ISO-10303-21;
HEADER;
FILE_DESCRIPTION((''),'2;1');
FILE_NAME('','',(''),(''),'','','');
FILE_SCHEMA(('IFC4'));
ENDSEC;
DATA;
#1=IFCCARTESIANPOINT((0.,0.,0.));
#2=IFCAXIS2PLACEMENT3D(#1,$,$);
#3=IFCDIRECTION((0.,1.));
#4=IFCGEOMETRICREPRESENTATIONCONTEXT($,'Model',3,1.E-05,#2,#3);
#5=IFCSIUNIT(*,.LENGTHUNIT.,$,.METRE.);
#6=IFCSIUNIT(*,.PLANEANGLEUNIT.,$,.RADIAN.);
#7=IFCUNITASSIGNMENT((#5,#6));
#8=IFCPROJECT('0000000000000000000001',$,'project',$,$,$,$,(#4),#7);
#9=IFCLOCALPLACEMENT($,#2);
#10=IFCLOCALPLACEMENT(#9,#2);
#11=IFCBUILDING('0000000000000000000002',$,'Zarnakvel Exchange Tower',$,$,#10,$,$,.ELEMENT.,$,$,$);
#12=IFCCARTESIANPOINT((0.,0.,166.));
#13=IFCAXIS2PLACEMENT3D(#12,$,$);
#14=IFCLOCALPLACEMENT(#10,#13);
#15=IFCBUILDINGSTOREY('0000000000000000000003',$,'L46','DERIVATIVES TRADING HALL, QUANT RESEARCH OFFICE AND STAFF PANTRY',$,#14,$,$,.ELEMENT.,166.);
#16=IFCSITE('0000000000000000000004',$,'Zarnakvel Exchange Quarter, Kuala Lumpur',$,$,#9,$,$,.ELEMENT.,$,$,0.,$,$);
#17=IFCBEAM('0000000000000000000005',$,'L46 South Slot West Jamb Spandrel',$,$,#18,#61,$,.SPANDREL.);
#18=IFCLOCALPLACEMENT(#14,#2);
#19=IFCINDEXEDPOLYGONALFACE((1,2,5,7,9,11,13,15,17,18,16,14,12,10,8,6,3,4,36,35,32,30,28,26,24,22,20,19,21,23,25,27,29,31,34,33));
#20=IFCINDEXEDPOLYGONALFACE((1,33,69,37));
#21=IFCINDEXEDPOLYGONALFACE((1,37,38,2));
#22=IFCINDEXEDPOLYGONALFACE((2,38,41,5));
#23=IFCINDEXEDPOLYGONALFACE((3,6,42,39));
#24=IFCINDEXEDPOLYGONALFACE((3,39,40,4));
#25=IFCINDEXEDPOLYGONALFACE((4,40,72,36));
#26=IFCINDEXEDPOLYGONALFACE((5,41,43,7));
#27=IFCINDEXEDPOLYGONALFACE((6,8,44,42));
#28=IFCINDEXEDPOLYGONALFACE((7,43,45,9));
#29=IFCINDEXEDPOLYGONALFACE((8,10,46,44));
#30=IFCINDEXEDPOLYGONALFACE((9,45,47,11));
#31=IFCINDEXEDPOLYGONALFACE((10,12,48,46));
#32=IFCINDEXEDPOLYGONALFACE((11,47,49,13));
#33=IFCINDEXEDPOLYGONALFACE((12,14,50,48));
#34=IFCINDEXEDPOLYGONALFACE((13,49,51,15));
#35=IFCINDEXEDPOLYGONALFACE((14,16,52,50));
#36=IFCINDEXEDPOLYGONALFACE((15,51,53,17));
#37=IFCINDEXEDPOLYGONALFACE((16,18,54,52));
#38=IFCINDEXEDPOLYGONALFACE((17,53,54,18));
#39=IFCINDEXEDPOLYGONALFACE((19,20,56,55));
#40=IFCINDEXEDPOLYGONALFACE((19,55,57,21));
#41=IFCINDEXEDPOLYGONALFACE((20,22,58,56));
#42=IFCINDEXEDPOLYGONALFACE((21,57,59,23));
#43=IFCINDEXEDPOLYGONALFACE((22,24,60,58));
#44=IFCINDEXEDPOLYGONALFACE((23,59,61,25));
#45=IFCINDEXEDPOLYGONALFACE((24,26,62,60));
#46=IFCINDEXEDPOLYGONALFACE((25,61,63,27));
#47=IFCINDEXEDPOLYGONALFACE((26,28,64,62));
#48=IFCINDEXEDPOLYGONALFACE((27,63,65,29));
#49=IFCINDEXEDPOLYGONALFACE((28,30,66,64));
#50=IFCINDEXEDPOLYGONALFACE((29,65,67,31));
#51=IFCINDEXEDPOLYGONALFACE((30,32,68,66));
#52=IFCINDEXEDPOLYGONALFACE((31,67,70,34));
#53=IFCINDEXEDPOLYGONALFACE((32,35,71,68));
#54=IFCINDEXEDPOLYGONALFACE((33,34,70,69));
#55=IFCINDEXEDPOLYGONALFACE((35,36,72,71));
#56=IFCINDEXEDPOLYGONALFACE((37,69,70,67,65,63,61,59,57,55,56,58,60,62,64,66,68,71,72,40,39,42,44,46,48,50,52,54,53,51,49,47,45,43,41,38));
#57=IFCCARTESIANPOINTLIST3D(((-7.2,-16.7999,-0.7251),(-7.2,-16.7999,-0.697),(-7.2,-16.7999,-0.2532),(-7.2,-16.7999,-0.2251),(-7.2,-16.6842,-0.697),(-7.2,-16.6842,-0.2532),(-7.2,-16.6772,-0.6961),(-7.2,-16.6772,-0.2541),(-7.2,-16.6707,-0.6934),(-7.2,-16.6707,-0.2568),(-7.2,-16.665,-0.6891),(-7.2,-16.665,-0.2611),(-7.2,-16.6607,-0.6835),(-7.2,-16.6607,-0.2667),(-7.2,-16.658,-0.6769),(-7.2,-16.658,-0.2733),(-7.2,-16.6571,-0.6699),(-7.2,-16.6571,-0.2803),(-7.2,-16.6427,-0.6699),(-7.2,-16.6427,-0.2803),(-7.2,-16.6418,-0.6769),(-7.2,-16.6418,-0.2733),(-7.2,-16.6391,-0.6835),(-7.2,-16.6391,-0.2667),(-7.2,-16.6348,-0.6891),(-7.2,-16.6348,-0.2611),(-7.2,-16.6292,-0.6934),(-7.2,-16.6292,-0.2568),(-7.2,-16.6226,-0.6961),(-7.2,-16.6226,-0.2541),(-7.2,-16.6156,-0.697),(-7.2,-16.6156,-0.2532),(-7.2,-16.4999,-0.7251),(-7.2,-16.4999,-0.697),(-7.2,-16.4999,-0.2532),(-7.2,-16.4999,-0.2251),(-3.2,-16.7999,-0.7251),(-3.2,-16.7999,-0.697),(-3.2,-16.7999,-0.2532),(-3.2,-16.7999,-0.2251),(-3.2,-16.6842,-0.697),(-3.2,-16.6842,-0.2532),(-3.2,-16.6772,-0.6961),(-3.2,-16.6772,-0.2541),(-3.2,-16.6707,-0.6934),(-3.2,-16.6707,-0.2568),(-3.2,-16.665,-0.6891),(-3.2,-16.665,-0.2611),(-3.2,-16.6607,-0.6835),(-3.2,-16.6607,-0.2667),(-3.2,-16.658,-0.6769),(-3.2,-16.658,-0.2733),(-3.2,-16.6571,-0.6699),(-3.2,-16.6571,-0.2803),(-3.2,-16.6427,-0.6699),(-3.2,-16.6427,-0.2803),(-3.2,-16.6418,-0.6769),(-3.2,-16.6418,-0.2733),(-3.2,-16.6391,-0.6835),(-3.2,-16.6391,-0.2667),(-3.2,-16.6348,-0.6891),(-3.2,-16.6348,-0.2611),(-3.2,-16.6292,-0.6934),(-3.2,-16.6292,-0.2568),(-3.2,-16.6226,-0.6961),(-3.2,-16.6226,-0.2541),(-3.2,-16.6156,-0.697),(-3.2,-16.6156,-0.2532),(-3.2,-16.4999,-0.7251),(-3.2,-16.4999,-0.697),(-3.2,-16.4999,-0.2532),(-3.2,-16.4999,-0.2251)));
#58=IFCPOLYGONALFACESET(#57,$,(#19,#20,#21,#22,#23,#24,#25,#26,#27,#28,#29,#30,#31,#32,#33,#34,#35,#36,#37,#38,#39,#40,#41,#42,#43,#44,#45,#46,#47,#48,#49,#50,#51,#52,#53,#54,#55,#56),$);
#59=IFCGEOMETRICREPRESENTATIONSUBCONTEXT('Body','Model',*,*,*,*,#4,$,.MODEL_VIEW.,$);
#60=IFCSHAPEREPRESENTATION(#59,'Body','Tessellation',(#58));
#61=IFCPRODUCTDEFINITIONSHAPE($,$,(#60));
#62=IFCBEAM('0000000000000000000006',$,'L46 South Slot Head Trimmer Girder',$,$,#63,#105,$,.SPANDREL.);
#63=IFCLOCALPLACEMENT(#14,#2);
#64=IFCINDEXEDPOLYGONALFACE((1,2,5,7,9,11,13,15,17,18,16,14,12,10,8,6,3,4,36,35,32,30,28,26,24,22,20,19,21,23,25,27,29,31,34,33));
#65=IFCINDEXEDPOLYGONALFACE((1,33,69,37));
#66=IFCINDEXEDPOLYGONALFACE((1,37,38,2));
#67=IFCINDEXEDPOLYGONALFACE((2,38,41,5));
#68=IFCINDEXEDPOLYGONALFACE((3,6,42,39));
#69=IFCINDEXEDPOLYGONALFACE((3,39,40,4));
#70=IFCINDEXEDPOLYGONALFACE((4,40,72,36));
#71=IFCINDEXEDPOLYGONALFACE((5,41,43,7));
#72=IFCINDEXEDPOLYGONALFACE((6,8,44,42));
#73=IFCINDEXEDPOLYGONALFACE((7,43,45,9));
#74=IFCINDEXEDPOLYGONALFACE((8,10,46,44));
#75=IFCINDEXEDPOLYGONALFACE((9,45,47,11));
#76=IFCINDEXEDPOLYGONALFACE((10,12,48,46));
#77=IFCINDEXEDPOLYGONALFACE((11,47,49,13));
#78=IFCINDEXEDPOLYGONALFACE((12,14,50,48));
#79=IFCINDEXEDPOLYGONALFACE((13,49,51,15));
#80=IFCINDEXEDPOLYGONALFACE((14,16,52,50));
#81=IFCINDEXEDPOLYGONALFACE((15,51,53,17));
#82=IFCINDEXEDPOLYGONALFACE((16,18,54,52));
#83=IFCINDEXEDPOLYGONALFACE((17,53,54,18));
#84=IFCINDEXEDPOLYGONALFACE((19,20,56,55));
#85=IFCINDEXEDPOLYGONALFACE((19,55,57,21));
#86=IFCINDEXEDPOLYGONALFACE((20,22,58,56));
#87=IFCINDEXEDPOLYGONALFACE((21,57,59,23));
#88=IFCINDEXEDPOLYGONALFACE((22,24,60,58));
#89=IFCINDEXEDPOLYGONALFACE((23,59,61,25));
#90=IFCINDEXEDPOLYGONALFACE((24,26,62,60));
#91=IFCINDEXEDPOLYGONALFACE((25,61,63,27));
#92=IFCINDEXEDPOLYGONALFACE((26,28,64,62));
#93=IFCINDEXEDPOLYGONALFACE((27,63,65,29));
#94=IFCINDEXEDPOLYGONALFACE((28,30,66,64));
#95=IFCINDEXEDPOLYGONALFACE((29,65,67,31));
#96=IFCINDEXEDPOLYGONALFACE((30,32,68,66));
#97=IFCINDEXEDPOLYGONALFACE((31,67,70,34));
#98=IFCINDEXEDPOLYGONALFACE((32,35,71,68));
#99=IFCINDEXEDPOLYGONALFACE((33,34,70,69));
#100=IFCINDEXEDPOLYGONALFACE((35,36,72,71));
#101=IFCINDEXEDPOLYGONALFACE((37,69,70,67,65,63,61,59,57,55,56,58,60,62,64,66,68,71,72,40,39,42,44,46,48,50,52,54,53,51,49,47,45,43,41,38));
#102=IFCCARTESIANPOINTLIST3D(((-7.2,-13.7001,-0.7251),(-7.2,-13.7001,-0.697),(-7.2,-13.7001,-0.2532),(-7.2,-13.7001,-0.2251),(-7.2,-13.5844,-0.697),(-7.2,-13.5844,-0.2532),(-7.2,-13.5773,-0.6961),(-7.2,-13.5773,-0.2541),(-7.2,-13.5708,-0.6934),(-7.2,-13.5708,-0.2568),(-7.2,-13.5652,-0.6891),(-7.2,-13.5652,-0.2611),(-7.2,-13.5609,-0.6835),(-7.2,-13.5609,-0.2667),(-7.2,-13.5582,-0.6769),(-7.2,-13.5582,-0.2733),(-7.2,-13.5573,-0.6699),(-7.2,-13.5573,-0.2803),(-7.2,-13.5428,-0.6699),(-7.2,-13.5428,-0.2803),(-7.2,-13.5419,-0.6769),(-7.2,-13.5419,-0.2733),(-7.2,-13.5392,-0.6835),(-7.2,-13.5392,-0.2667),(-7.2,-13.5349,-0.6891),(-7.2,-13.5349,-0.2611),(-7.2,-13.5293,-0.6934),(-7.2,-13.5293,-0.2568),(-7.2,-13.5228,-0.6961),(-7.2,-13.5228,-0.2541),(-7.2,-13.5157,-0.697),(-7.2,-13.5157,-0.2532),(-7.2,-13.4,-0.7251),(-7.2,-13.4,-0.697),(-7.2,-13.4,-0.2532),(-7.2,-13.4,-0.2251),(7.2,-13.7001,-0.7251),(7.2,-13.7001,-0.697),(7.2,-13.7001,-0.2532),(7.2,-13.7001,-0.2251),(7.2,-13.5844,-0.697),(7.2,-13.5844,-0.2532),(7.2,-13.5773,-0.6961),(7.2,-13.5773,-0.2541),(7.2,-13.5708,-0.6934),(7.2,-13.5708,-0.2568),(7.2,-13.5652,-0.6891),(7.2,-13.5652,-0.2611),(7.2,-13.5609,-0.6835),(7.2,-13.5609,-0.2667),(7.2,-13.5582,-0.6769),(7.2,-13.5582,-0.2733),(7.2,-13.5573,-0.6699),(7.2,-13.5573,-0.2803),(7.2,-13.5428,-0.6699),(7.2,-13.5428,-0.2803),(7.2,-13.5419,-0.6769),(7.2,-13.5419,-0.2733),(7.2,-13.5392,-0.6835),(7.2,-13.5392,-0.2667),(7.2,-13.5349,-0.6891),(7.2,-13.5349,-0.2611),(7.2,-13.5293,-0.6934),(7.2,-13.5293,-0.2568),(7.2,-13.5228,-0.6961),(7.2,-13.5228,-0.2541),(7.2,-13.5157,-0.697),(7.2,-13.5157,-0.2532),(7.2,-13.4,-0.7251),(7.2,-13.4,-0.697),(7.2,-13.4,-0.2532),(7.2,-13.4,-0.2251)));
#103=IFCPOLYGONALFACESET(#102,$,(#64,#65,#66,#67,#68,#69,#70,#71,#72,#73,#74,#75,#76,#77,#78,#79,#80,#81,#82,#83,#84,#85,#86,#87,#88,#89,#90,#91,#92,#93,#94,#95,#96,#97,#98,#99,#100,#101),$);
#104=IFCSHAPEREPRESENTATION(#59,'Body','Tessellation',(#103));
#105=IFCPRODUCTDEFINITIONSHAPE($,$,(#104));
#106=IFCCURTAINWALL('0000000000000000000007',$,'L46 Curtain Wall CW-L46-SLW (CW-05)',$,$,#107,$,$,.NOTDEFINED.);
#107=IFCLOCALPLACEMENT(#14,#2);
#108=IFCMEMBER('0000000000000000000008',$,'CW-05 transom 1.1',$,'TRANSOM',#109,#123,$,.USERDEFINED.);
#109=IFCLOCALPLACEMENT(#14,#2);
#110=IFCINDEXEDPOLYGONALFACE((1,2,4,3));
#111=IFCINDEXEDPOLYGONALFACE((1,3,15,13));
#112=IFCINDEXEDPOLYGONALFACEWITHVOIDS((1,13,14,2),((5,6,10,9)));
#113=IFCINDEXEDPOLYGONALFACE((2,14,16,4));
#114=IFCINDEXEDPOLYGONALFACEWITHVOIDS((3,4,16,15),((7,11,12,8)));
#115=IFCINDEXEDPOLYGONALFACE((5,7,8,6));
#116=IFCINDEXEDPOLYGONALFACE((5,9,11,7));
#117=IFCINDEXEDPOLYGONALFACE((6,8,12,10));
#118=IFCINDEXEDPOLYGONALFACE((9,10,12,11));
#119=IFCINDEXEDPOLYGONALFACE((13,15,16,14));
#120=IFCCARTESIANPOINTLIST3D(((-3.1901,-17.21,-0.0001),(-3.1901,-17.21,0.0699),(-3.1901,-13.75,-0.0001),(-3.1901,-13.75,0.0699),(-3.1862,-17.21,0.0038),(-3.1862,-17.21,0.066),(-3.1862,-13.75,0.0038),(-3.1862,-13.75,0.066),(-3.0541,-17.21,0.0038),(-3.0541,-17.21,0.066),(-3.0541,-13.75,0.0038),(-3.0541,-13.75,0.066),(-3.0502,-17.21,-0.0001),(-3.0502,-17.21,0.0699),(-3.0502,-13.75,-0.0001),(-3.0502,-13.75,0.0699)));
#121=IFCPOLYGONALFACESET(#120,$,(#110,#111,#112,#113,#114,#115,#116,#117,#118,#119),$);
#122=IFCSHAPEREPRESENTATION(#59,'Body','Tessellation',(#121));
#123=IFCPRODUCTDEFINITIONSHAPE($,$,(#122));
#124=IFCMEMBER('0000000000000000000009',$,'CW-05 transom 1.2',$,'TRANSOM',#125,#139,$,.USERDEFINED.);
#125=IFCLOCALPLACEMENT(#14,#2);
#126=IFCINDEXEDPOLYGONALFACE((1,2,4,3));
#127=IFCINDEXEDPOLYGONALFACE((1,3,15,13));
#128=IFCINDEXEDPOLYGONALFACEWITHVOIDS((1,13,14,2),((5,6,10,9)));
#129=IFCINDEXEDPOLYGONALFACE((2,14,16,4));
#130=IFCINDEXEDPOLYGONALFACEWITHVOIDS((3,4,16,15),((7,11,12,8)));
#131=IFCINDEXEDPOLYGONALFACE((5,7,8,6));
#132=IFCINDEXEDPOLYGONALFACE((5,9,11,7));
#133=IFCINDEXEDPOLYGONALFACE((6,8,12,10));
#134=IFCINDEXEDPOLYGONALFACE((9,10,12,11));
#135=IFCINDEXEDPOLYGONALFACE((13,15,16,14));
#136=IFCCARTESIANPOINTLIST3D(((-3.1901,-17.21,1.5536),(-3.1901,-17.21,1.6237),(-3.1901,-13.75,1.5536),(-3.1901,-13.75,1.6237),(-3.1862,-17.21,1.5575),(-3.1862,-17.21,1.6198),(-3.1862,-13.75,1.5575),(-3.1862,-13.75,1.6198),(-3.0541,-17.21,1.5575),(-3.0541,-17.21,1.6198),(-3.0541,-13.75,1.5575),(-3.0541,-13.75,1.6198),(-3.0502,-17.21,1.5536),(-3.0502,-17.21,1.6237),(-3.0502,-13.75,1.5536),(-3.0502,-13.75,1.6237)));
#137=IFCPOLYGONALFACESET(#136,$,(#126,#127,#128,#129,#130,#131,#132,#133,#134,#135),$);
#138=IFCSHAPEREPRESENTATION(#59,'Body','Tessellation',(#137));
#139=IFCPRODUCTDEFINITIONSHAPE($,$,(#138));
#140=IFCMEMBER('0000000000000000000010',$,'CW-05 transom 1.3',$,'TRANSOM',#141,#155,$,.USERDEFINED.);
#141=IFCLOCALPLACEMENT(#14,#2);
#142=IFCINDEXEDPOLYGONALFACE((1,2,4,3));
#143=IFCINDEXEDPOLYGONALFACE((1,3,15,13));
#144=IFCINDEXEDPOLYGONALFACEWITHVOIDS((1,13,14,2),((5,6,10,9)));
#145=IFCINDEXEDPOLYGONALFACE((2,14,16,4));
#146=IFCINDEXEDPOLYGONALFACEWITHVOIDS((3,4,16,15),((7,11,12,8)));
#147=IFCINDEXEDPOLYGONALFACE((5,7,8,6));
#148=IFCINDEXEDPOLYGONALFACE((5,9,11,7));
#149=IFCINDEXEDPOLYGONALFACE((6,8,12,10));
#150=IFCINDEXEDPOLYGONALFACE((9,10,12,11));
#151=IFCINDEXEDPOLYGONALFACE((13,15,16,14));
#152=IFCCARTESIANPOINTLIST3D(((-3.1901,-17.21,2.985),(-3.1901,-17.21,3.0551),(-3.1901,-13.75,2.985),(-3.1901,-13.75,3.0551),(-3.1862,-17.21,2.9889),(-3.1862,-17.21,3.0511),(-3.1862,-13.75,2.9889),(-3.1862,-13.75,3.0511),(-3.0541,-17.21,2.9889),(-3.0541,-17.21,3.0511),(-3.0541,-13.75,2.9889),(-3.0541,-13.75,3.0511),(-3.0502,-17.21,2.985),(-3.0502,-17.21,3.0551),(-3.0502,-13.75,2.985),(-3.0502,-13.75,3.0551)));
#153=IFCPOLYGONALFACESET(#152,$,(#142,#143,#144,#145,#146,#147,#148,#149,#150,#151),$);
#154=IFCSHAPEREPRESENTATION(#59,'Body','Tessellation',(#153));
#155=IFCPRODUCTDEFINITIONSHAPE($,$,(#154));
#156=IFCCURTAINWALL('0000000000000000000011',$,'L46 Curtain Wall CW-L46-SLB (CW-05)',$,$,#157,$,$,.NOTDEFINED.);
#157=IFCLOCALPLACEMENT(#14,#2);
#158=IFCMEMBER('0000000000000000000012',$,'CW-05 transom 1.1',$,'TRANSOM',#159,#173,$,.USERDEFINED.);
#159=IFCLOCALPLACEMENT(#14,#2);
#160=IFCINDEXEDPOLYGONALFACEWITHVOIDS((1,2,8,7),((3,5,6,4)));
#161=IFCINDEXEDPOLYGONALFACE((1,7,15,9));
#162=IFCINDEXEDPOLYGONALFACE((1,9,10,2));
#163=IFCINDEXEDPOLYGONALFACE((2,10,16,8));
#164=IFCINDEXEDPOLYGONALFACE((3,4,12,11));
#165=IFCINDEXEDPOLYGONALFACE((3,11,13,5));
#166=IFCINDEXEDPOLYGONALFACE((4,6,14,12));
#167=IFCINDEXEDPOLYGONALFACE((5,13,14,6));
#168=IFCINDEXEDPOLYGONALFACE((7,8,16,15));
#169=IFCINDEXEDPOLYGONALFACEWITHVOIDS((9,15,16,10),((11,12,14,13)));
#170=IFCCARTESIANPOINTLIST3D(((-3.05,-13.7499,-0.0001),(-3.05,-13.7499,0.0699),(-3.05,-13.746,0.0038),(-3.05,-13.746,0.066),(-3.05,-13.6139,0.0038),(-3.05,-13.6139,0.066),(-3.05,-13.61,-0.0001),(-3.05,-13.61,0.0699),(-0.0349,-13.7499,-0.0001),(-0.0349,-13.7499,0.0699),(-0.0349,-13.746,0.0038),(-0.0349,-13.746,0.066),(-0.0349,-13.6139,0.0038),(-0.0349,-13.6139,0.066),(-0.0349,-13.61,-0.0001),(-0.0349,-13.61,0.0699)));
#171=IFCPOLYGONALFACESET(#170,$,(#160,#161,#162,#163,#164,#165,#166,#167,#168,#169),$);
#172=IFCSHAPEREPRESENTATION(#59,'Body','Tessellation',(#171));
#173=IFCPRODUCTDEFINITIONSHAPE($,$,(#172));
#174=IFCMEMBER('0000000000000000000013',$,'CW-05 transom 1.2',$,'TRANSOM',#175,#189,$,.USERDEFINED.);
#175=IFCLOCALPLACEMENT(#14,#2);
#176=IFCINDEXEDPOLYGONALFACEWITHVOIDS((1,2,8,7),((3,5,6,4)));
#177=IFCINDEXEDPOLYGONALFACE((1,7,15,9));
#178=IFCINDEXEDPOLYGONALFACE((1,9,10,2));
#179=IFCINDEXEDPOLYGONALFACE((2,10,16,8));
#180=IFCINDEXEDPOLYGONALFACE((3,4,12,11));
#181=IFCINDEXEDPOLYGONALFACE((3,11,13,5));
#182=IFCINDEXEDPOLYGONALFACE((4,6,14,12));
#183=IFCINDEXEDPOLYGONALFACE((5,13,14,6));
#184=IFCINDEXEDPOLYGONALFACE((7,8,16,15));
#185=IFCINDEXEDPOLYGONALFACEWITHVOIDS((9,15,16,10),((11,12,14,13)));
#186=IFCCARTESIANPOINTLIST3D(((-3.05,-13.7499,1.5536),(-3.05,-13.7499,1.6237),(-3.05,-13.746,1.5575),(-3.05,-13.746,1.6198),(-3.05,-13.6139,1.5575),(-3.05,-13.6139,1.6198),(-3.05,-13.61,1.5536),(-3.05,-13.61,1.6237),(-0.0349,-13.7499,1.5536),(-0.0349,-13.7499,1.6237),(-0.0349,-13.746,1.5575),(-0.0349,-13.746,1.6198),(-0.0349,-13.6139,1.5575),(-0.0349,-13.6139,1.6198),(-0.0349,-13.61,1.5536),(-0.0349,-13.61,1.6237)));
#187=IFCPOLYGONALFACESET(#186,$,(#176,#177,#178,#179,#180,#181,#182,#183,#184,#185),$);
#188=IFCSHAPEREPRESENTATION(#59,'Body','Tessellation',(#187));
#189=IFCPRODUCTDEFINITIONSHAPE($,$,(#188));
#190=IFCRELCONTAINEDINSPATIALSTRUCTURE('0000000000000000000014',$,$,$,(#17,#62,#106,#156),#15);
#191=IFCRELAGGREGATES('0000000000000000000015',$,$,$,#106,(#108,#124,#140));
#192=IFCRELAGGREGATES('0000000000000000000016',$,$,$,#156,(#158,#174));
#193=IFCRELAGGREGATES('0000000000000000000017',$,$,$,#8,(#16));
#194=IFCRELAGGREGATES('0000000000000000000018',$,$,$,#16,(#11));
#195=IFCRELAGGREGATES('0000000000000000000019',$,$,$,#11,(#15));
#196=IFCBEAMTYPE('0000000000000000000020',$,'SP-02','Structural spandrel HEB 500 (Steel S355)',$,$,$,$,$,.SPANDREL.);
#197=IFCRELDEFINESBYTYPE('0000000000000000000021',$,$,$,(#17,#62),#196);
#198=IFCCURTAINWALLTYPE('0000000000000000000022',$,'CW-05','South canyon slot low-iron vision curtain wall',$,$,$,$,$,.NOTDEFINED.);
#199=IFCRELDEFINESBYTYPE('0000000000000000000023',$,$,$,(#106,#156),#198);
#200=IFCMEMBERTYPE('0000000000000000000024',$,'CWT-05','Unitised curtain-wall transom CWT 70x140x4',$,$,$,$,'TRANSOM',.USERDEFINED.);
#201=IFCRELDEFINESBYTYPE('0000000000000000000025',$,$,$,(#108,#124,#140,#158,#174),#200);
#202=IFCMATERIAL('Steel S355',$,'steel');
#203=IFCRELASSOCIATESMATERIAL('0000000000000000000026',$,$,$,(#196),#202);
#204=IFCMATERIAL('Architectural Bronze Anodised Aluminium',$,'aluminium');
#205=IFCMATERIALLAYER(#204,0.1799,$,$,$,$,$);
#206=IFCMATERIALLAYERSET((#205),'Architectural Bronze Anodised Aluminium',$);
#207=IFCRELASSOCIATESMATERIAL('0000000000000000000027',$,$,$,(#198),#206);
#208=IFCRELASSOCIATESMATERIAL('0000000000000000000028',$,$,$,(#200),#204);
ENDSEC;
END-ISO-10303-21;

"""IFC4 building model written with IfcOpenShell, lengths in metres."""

from ifc_helpers import new_model, si_unit, direction, frame, origin, origin_2d, place, context, subcontext, project, spatial, hollow_rectangle, i_section, extrude, source, transform, mapped, material, layer, layer_set, material_profile, profile_set, type_object, element, aggregate, save


model = new_model("IFC4")

# Units and contexts
model_context = context("Model", 3, precision=1e-05, world=origin(), true_north=direction((0.0, 1.0)))
body_context = subcontext(model_context, "Body", "Model", "MODEL_VIEW")
ifc_project = project(units=[si_unit("LENGTHUNIT", "METRE"), si_unit("PLANEANGLEUNIT", "RADIAN")], contexts=[model_context])

# Site, building, storey
site_placement = place(None, origin())
site = spatial("IfcSite", under=ifc_project, at=site_placement, Name="Zarnakvel Exchange Quarter, Kuala Lumpur", CompositionType="ELEMENT", RefElevation=0.0)
building_placement = place(site_placement, origin())
building = spatial("IfcBuilding", under=site, at=building_placement, Name="Zarnakvel Exchange Tower", CompositionType="ELEMENT")
storey_placement = place(building_placement, frame((0.0, 0.0, 166.0)))
storey = spatial("IfcBuildingStorey", under=building, at=storey_placement, Name="L46", Description="DERIVATIVES TRADING HALL, QUANT RESEARCH OFFICE AND STAFF PANTRY", CompositionType="ELEMENT", Elevation=166.0)

# Beams
ifc_material_1 = material(Name="Steel S355", Category="steel")
ifc_material_profile_1 = material_profile(ifc_material_1, i_section(OverallWidth=0.3, OverallDepth=0.5, WebThickness=0.0144, FlangeThickness=0.0281, FilletRadius=0.0271, at=origin_2d()))
ifc_profile_set_1 = profile_set([ifc_material_profile_1], Name="Steel S355")
beam_type_1 = type_object("IfcBeamType", Name="SP-02", Description="Structural spandrel HEB 500 (Steel S355)", PredefinedType="SPANDREL", material=ifc_profile_set_1)
beam_1_placement = place(storey_placement, frame((-7.2, -16.6499, -0.4751), z_axis=(1.0, 0.0, 0.0), x_axis=(0.0, 1.0, 0.0)))
element("IfcBeam", 1, at=beam_1_placement, inside=storey, type_object=beam_type_1, Name="L46 South Slot West Jamb Spandrel", PredefinedType="SPANDREL", context=body_context, shape_type="SweptSolid", body=[
    extrude(i_section(OverallWidth=0.3, OverallDepth=0.5, WebThickness=0.0144, FlangeThickness=0.0281, FilletRadius=0.0271, at=origin_2d()), origin(), (0.0, 0.0, 1.0), 4.0),
])
beam_2_placement = place(storey_placement, frame((-7.2, -13.55, -0.4751), z_axis=(1.0, 0.0, 0.0), x_axis=(0.0, 1.0, 0.0)))
element("IfcBeam", 2, at=beam_2_placement, inside=storey, type_object=beam_type_1, Name="L46 South Slot Head Trimmer Girder", PredefinedType="SPANDREL", context=body_context, shape_type="SweptSolid", body=[
    extrude(i_section(OverallWidth=0.3, OverallDepth=0.5, WebThickness=0.0144, FlangeThickness=0.0281, FilletRadius=0.0271, at=origin_2d()), origin(), (0.0, 0.0, 1.0), 14.3999),
])

# Curtain walls, members
ifc_material_2 = material(Name="Architectural Bronze Anodised Aluminium", Category="aluminium")
ifc_layer_1 = layer(ifc_material_2, 0.1799)
ifc_layer_set_1 = layer_set([ifc_layer_1], Name="Architectural Bronze Anodised Aluminium")
curtain_wall_type = type_object("IfcCurtainWallType", Name="CW-05", Description="South canyon slot low-iron vision curtain wall", PredefinedType="NOTDEFINED", material=ifc_layer_set_1)
curtain_wall_1_placement = place(storey_placement, origin())
curtain_wall_1 = element("IfcCurtainWall", 3, at=curtain_wall_1_placement, inside=storey, type_object=curtain_wall_type, Name="L46 Curtain Wall CW-L46-SLW (CW-05)", PredefinedType="NOTDEFINED")
ifc_material_profile_2 = material_profile(ifc_material_2, hollow_rectangle(XDim=0.1399, YDim=0.0701, WallThickness=0.0039, at=origin_2d()))
ifc_profile_set_2 = profile_set([ifc_material_profile_2], Name="Architectural Bronze Anodised Aluminium")
member_type_1 = type_object("IfcMemberType", Name="CWT-05", Description="Unitised curtain-wall transom CWT 70x140x4", ElementType="TRANSOM", PredefinedType="USERDEFINED", material=ifc_profile_set_2)
shared_shape_1 = source(origin(), body_context, "Body", "SweptSolid", [
    extrude(hollow_rectangle(XDim=0.1399, YDim=0.0701, WallThickness=0.0039, at=origin_2d()), origin(), (0.0, 0.0, 1.0), 3.46),
])
member_1_placement = place(storey_placement, frame((-3.1201, -17.21, 0.0349), z_axis=(0.0, 1.0, 0.0), x_axis=(-1.0, 0.0, 0.0)))
member_1 = element("IfcMember", 4, at=member_1_placement, type_object=member_type_1, Name="CW-05 transom 1.1", ObjectType="TRANSOM", PredefinedType="USERDEFINED", context=body_context, shape_type="MappedRepresentation", body=[
    mapped(shared_shape_1, transform((0.0, 0.0, 0.0), x_axis=(1.0, 0.0, 0.0), y_axis=(0.0, 1.0, 0.0), z_axis=(0.0, 0.0, 1.0), scale=1.0)),
])
member_2_placement = place(storey_placement, frame((-3.1201, -17.21, 1.5886), z_axis=(0.0, 1.0, 0.0), x_axis=(-1.0, 0.0, 0.0)))
member_2 = element("IfcMember", 5, at=member_2_placement, type_object=member_type_1, Name="CW-05 transom 1.2", ObjectType="TRANSOM", PredefinedType="USERDEFINED", context=body_context, shape_type="MappedRepresentation", body=[
    mapped(shared_shape_1, transform((0.0, 0.0, 0.0), x_axis=(1.0, 0.0, 0.0), y_axis=(0.0, 1.0, 0.0), z_axis=(0.0, 0.0, 1.0), scale=1.0)),
])
member_3_placement = place(storey_placement, frame((-3.1201, -17.21, 3.02), z_axis=(0.0, 1.0, 0.0), x_axis=(-1.0, 0.0, 0.0)))
member_3 = element("IfcMember", 6, at=member_3_placement, type_object=member_type_1, Name="CW-05 transom 1.3", ObjectType="TRANSOM", PredefinedType="USERDEFINED", context=body_context, shape_type="MappedRepresentation", body=[
    mapped(shared_shape_1, transform((0.0, 0.0, 0.0), x_axis=(1.0, 0.0, 0.0), y_axis=(0.0, 1.0, 0.0), z_axis=(0.0, 0.0, 1.0), scale=1.0)),
])
curtain_wall_2_placement = place(storey_placement, origin())
curtain_wall_2 = element("IfcCurtainWall", 7, at=curtain_wall_2_placement, inside=storey, type_object=curtain_wall_type, Name="L46 Curtain Wall CW-L46-SLB (CW-05)", PredefinedType="NOTDEFINED")
shared_shape_2 = source(origin(), body_context, "Body", "SweptSolid", [
    extrude(hollow_rectangle(XDim=0.1399, YDim=0.0701, WallThickness=0.0039, at=origin_2d()), origin(), (0.0, 0.0, 1.0), 3.0151),
])
member_4_placement = place(storey_placement, frame((-3.05, -13.6799, 0.0349), z_axis=(1.0, 0.0, 0.0), x_axis=(0.0, 1.0, 0.0)))
member_4 = element("IfcMember", 8, at=member_4_placement, type_object=member_type_1, Name="CW-05 transom 1.1", ObjectType="TRANSOM", PredefinedType="USERDEFINED", context=body_context, shape_type="MappedRepresentation", body=[
    mapped(shared_shape_2, transform((0.0, 0.0, 0.0), x_axis=(1.0, 0.0, 0.0), y_axis=(0.0, 1.0, 0.0), z_axis=(0.0, 0.0, 1.0), scale=1.0)),
])
member_5_placement = place(storey_placement, frame((-3.05, -13.6799, 1.5886), z_axis=(1.0, 0.0, 0.0), x_axis=(0.0, 1.0, 0.0)))
member_5 = element("IfcMember", 9, at=member_5_placement, type_object=member_type_1, Name="CW-05 transom 1.2", ObjectType="TRANSOM", PredefinedType="USERDEFINED", context=body_context, shape_type="MappedRepresentation", body=[
    mapped(shared_shape_2, transform((0.0, 0.0, 0.0), x_axis=(1.0, 0.0, 0.0), y_axis=(0.0, 1.0, 0.0), z_axis=(0.0, 0.0, 1.0), scale=1.0)),
])

aggregate(curtain_wall_1, [member_1, member_2, member_3])
aggregate(curtain_wall_2, [member_4, member_5])

save(model, "model.ifc")
